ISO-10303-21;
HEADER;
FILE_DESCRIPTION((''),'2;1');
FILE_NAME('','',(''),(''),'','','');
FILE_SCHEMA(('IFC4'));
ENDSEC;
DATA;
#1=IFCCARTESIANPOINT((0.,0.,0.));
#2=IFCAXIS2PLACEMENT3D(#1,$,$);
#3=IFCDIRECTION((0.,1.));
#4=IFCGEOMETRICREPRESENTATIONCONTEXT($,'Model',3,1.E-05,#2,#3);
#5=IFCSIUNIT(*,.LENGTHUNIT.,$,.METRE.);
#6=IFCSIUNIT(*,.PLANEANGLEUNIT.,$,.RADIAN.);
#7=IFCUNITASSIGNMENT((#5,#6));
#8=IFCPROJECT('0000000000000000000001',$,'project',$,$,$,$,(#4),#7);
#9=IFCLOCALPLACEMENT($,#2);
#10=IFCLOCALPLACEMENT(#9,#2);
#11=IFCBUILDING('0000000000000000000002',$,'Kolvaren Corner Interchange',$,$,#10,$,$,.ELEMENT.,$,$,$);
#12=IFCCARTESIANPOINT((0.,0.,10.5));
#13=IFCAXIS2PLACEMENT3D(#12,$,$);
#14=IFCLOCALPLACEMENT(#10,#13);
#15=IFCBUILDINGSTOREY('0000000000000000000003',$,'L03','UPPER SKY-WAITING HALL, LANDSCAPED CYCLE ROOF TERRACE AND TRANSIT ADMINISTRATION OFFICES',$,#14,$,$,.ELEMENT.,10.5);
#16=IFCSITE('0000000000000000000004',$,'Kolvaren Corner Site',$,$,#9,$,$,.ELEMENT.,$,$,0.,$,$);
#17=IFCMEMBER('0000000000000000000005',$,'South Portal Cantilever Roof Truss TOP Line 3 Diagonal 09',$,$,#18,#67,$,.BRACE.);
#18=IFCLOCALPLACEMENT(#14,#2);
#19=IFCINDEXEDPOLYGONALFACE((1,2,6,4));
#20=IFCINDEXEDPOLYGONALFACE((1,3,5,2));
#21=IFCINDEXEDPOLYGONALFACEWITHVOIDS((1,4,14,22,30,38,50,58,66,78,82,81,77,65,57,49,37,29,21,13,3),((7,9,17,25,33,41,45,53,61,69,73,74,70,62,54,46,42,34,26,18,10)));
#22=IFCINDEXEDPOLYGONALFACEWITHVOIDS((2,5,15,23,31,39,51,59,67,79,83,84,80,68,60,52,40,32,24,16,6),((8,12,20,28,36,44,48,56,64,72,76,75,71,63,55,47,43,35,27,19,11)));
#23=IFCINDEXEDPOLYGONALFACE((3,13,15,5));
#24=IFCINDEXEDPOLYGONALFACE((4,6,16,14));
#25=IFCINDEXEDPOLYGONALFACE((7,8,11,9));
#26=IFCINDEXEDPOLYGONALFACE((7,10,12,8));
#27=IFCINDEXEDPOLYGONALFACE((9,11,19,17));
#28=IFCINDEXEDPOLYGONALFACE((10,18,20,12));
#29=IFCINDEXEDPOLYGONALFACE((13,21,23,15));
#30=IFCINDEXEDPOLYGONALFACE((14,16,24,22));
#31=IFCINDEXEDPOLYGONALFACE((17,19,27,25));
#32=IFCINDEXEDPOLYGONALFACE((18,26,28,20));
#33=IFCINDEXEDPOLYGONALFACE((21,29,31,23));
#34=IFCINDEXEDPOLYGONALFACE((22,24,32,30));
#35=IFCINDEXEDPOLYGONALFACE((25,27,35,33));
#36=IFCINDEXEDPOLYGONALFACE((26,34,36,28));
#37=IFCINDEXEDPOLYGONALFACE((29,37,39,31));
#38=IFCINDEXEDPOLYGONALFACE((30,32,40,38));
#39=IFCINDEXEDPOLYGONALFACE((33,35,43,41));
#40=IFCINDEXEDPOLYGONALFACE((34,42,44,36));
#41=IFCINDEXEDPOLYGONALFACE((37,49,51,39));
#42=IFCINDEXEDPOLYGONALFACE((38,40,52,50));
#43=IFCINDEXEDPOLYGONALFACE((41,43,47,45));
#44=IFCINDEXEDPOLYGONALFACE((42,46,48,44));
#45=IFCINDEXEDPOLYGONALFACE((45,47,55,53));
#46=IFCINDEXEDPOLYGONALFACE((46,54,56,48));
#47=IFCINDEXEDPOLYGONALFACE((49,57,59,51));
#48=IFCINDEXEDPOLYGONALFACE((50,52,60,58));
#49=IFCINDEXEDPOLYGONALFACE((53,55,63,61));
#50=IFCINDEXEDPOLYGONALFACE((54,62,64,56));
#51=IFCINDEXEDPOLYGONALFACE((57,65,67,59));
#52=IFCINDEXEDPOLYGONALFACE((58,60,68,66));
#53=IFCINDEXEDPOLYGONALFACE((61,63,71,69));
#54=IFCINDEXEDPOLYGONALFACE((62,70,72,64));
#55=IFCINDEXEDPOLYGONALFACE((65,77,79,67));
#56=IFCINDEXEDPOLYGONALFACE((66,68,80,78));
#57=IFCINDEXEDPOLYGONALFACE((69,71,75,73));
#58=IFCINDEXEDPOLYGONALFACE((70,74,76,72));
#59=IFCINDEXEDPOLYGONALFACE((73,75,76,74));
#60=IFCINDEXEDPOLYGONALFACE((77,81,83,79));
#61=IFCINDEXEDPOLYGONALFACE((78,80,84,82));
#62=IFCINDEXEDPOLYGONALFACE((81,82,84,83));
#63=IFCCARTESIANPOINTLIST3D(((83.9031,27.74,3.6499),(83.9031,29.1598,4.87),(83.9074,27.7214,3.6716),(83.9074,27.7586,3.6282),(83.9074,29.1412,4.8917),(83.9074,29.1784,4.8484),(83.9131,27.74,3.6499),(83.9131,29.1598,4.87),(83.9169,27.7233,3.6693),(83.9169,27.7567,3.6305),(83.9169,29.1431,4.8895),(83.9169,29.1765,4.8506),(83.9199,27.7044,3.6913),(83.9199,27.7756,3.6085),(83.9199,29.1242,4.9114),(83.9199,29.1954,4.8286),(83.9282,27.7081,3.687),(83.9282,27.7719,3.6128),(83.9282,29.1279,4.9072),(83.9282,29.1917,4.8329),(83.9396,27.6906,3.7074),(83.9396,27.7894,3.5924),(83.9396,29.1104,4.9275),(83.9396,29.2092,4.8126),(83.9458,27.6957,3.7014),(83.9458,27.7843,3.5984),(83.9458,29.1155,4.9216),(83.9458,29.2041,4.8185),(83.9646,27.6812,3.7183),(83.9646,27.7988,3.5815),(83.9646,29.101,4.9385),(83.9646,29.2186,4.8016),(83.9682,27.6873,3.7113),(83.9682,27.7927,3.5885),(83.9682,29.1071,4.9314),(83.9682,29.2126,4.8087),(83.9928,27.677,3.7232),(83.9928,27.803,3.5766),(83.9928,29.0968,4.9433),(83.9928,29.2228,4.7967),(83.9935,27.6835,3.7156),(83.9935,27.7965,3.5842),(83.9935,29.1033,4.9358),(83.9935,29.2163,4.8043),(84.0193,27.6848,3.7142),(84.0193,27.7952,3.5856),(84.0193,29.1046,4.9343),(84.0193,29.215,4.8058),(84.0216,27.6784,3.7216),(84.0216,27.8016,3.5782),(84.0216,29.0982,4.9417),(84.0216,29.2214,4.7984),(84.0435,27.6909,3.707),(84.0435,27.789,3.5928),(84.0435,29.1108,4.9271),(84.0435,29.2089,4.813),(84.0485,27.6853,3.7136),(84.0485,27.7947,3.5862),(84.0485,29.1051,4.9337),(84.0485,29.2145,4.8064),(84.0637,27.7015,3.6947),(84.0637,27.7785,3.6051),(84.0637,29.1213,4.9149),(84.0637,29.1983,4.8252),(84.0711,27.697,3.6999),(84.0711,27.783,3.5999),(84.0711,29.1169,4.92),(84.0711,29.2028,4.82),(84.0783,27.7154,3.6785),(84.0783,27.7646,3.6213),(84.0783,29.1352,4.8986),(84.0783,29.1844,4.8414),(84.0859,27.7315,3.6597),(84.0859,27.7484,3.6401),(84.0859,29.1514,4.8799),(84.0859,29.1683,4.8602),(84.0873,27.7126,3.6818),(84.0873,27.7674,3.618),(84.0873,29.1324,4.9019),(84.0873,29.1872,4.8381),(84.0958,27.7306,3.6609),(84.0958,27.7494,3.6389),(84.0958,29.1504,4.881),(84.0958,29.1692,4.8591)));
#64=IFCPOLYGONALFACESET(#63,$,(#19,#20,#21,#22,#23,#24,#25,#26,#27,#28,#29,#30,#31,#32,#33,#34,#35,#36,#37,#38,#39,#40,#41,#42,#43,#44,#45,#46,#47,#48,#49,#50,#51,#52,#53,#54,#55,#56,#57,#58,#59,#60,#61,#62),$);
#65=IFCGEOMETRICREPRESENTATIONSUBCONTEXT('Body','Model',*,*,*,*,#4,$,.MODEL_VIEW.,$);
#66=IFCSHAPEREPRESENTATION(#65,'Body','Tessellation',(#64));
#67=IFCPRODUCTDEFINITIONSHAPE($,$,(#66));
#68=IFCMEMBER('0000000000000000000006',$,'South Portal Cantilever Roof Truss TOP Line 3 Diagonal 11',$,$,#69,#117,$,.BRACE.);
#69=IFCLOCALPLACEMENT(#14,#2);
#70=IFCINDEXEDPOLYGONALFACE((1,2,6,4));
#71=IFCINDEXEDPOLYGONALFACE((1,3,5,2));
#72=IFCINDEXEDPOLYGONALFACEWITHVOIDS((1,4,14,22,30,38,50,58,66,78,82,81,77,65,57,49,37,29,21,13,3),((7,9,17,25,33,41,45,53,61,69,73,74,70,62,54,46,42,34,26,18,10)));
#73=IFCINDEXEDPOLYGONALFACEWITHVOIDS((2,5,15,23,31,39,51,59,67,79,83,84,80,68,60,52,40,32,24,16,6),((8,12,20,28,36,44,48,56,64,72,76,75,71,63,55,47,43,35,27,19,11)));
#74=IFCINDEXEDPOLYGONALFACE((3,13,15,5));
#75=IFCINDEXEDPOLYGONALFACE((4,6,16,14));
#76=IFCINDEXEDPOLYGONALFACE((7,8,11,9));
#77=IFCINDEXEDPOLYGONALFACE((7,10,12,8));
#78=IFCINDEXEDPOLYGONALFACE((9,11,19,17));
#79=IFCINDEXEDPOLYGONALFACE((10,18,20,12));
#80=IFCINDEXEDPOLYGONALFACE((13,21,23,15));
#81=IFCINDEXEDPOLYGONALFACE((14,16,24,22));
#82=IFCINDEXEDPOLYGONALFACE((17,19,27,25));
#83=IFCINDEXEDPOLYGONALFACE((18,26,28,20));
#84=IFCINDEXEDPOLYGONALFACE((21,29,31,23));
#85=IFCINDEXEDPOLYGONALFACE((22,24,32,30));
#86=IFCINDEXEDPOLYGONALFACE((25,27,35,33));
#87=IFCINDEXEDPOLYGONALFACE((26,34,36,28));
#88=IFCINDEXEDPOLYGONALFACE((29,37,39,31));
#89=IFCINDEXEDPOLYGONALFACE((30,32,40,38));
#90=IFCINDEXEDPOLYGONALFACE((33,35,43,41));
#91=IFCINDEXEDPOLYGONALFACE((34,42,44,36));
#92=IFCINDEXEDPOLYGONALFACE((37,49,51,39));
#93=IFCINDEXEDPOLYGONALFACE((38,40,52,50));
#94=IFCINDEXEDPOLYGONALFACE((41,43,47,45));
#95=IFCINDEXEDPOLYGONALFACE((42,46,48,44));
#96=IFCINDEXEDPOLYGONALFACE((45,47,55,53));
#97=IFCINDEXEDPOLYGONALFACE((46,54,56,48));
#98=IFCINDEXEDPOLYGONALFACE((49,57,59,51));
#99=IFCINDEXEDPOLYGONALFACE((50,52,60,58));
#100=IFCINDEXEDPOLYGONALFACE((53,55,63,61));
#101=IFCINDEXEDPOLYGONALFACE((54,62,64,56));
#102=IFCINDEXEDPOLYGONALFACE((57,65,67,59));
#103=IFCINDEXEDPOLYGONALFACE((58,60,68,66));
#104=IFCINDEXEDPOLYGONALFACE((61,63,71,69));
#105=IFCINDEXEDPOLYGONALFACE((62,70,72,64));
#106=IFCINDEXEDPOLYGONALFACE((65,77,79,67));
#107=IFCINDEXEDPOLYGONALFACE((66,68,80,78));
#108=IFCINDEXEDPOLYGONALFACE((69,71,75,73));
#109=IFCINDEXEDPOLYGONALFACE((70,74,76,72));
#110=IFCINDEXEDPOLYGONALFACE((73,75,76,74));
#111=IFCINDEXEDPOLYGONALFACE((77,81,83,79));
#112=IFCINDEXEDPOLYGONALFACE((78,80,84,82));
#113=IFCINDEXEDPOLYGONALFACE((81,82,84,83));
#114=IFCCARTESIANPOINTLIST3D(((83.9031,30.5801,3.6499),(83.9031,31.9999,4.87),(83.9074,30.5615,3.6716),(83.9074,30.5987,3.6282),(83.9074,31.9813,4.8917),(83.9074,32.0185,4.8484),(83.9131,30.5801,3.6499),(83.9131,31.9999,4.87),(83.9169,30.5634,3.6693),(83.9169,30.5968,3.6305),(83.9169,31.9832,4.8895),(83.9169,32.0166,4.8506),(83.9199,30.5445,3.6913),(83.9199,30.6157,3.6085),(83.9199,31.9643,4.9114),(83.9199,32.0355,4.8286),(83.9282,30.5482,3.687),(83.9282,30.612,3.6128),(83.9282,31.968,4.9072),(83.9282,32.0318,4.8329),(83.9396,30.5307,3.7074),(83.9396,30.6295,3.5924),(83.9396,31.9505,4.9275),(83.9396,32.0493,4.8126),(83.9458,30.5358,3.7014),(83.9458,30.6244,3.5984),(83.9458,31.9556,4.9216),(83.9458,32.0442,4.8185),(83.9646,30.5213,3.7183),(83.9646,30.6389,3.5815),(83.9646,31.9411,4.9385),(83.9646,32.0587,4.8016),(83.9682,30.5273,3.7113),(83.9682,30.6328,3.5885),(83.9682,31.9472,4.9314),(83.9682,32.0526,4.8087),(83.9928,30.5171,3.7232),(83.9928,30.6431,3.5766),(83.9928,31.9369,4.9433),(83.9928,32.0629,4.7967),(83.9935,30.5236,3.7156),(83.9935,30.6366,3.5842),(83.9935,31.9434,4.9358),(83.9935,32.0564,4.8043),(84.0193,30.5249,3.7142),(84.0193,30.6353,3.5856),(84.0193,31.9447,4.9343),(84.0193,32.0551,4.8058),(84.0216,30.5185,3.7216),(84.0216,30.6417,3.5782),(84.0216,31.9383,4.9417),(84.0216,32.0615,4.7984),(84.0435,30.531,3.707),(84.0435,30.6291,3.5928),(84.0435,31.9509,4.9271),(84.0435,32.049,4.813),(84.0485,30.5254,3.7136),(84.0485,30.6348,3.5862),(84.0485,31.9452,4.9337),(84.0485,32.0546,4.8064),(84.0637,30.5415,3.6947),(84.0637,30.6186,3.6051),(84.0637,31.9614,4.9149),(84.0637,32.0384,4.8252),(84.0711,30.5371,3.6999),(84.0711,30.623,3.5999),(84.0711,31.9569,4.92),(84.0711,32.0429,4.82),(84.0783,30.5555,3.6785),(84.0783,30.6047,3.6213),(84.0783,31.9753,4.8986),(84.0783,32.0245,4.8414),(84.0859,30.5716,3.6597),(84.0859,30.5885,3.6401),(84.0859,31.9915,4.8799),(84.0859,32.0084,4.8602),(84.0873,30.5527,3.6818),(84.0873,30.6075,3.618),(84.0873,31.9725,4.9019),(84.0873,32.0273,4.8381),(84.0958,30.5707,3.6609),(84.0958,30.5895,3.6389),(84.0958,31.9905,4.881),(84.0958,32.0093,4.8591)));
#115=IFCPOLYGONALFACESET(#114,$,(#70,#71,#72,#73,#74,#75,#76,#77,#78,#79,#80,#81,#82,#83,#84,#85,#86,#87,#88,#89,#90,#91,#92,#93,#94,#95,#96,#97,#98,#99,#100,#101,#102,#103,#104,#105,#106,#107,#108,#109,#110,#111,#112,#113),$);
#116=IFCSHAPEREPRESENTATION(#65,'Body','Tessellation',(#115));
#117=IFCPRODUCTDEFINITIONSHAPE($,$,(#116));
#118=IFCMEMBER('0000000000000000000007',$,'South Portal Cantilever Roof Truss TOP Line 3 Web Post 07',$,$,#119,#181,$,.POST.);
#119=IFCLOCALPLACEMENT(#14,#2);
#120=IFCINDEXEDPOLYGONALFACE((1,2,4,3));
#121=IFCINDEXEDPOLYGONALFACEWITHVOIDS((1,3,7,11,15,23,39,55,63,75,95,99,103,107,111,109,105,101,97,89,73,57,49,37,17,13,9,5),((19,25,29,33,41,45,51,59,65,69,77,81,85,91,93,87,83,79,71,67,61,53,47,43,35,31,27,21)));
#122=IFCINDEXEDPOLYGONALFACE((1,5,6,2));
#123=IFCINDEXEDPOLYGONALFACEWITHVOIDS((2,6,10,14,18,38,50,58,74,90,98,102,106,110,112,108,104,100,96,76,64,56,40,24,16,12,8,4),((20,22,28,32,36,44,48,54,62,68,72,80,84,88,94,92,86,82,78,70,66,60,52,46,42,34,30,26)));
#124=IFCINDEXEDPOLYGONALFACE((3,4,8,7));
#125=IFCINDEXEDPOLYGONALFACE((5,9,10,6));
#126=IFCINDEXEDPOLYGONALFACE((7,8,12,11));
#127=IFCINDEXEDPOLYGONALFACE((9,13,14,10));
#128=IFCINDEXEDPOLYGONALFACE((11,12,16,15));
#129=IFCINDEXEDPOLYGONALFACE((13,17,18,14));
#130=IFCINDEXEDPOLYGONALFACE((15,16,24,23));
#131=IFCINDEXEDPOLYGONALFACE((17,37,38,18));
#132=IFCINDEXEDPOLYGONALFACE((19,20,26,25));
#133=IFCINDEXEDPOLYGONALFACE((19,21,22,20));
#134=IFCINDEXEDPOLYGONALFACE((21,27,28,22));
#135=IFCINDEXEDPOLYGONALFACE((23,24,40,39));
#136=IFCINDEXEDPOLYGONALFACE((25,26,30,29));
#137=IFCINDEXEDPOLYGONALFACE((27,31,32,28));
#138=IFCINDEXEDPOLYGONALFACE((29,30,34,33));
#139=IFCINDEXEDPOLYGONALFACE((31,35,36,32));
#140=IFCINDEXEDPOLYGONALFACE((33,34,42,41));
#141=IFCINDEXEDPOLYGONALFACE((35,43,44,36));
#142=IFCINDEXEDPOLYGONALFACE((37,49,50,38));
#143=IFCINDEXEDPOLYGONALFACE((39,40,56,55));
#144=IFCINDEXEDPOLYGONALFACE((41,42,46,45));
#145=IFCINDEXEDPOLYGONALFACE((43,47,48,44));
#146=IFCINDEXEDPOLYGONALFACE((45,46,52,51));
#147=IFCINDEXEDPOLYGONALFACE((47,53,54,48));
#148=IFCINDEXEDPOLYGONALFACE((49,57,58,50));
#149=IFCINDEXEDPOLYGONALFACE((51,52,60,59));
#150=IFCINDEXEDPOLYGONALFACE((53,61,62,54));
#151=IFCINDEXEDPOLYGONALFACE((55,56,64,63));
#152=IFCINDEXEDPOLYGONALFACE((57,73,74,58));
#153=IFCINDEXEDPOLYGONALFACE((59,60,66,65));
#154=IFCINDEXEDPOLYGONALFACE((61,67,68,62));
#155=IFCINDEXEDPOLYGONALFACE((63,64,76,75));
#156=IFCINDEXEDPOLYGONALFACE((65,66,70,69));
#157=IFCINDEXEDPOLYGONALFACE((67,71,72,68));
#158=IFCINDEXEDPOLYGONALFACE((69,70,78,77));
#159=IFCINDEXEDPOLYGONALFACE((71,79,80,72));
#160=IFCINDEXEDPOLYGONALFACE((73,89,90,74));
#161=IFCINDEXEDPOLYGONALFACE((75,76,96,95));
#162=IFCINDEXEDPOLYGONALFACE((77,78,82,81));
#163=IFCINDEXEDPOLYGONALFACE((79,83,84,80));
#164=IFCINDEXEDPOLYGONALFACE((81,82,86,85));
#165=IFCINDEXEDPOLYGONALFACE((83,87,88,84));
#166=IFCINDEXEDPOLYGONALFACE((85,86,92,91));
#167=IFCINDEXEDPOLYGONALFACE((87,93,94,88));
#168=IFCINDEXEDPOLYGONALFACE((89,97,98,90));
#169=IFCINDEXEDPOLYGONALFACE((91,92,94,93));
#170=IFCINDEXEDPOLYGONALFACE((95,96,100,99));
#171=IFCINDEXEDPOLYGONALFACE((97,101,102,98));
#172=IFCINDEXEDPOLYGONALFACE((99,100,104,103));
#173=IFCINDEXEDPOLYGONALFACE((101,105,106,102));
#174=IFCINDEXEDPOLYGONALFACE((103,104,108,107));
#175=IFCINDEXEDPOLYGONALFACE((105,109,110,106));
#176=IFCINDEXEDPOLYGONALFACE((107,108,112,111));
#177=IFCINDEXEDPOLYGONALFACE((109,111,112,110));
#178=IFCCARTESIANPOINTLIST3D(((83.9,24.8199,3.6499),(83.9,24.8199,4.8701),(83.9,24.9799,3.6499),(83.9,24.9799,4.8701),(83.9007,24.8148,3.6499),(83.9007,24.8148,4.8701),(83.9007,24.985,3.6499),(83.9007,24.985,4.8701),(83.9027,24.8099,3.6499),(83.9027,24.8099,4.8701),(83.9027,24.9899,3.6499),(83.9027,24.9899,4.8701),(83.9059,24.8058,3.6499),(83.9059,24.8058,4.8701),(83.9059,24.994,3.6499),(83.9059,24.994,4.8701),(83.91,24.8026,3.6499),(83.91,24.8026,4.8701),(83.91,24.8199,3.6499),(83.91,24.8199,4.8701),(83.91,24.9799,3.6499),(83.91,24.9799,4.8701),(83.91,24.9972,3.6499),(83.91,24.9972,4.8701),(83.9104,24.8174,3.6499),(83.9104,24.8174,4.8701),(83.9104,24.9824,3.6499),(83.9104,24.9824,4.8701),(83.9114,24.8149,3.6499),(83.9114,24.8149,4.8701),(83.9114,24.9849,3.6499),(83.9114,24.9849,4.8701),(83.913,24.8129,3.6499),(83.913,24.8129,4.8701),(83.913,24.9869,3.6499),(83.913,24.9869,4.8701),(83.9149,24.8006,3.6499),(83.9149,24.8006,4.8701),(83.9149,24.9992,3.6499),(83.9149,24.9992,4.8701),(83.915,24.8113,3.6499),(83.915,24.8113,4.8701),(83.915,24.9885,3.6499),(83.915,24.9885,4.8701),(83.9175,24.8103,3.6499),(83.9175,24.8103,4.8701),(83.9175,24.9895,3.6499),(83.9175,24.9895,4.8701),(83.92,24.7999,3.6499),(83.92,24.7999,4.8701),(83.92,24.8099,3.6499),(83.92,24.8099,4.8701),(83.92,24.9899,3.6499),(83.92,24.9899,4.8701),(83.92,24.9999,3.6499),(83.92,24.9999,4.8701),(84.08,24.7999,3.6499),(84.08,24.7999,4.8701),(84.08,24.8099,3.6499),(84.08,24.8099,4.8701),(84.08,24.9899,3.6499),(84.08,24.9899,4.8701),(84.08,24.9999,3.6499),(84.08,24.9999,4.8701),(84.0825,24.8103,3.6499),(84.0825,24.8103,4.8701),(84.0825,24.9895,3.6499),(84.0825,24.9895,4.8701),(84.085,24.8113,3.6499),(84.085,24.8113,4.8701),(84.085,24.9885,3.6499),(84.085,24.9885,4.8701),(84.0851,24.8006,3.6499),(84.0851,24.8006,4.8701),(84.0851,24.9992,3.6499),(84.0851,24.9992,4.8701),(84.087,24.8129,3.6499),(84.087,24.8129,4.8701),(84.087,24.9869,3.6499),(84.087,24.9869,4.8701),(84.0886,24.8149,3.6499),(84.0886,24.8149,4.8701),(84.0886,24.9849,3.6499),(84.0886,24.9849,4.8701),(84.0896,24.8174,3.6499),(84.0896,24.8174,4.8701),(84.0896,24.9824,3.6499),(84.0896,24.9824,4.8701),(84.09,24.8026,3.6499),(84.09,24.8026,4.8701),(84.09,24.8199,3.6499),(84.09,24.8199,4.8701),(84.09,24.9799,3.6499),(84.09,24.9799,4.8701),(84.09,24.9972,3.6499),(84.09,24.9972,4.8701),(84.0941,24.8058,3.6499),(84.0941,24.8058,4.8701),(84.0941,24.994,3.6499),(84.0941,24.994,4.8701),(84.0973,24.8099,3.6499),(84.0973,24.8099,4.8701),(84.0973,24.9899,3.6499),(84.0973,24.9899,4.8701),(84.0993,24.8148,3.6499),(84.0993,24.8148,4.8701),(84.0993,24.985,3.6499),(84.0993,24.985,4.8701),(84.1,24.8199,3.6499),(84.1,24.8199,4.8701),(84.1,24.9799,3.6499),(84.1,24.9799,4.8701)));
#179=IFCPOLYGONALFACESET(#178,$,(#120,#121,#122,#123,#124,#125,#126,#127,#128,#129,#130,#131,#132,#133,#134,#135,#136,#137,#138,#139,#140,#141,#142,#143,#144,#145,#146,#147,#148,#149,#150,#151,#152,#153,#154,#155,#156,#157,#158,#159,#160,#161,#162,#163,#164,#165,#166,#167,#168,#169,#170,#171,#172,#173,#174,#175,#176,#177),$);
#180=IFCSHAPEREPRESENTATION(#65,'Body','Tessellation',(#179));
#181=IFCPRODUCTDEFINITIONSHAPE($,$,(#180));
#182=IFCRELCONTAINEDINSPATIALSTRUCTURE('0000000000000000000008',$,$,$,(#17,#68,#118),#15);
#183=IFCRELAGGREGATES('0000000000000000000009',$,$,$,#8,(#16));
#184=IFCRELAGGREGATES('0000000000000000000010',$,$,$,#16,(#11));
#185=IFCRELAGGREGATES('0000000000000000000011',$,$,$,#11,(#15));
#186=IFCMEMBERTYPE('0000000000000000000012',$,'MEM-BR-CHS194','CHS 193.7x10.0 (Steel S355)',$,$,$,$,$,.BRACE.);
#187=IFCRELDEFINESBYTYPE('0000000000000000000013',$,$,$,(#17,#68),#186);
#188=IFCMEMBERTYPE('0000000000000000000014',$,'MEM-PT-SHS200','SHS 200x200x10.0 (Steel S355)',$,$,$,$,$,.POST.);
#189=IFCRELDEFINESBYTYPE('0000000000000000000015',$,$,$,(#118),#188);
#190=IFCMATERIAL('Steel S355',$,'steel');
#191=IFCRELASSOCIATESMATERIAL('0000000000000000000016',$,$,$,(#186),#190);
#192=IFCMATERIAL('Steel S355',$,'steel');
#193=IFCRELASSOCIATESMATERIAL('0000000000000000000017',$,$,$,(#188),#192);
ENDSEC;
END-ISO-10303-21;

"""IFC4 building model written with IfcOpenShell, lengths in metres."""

from ifc_helpers import new_model, si_unit, direction, frame, origin, origin_2d, place, context, subcontext, project, spatial, hollow_rectangle, hollow_circle, extrude, material, material_profile, profile_set, type_object, element, save


model = new_model("IFC4")

# Units and contexts
model_context = context("Model", 3, precision=1e-05, world=origin(), true_north=direction((0.0, 1.0)))
body_context = subcontext(model_context, "Body", "Model", "MODEL_VIEW")
ifc_project = project(units=[si_unit("LENGTHUNIT", "METRE"), si_unit("PLANEANGLEUNIT", "RADIAN")], contexts=[model_context])

# Site, building, storey
site_placement = place(None, origin())
site = spatial("IfcSite", under=ifc_project, at=site_placement, Name="Kolvaren Corner Site", CompositionType="ELEMENT", RefElevation=0.0)
building_placement = place(site_placement, origin())
building = spatial("IfcBuilding", under=site, at=building_placement, Name="Kolvaren Corner Interchange", CompositionType="ELEMENT")
storey_placement = place(building_placement, frame((0.0, 0.0, 10.5)))
storey = spatial("IfcBuildingStorey", under=building, at=storey_placement, Name="L03", Description="UPPER SKY-WAITING HALL, LANDSCAPED CYCLE ROOF TERRACE AND TRANSIT ADMINISTRATION OFFICES", CompositionType="ELEMENT", Elevation=10.5)

# Members
ifc_material_1 = material(Name="Steel S355", Category="steel")
ifc_material_profile_1 = material_profile(ifc_material_1, hollow_circle(Radius=0.0969, WallThickness=0.01, at=origin_2d()), Name="CHS 193.7x10.0")
ifc_profile_set_1 = profile_set([ifc_material_profile_1], Name="Steel S355")
member_type_1 = type_object("IfcMemberType", Name="MEM-BR-CHS194", Description="CHS 193.7x10.0 (Steel S355)", PredefinedType="BRACE", material=ifc_profile_set_1)
for number, where, z_axis, x_axis, name in (
    (1, (84.0, 27.74, 3.6499), (0.0, 0.758428, 0.651757), (-1.0, 0.0, 0.0), "South Portal Cantilever Roof Truss TOP Line 3 Diagonal 09"),
    (2, (84.0, 30.5801, 3.6499), (0.0, 0.758428, 0.651757), (-1.0, 0.0, 0.0), "South Portal Cantilever Roof Truss TOP Line 3 Diagonal 11"),
):
    element("IfcMember", number, at=place(storey_placement, frame(where, z_axis=z_axis, x_axis=x_axis)), inside=storey, type_object=member_type_1, Name=name, PredefinedType="BRACE", context=body_context, shape_type="SweptSolid", body=[
        extrude(hollow_circle(Radius=0.0969, WallThickness=0.01, at=origin_2d()), origin(), (0.0, 0.0, 1.0), 1.8721),
    ])
ifc_material_2 = material(Name="Steel S355", Category="steel")
ifc_material_profile_2 = material_profile(ifc_material_2, hollow_rectangle(XDim=0.2, YDim=0.2, WallThickness=0.01, InnerFilletRadius=0.01, OuterFilletRadius=0.02, at=origin_2d()), Name="SHS 200x200x10.0")
ifc_profile_set_2 = profile_set([ifc_material_profile_2], Name="Steel S355")
member_type_2 = type_object("IfcMemberType", Name="MEM-PT-SHS200", Description="SHS 200x200x10.0 (Steel S355)", PredefinedType="POST", material=ifc_profile_set_2)
for number, where, z_axis, x_axis, name in (
    (3, (84.0, 24.8999, 3.6499), (0.0, 0.0, 1.0), (1.0, 0.0, 0.0), "South Portal Cantilever Roof Truss TOP Line 3 Web Post 07"),
):
    element("IfcMember", number, at=place(storey_placement, frame(where, z_axis=z_axis, x_axis=x_axis)), inside=storey, type_object=member_type_2, Name=name, PredefinedType="POST", context=body_context, shape_type="SweptSolid", body=[
        extrude(hollow_rectangle(XDim=0.2, YDim=0.2, WallThickness=0.01, InnerFilletRadius=0.01, OuterFilletRadius=0.02, at=origin_2d()), origin(), (0.0, 0.0, 1.0), 1.2202),
    ])

save(model, "model.ifc")
